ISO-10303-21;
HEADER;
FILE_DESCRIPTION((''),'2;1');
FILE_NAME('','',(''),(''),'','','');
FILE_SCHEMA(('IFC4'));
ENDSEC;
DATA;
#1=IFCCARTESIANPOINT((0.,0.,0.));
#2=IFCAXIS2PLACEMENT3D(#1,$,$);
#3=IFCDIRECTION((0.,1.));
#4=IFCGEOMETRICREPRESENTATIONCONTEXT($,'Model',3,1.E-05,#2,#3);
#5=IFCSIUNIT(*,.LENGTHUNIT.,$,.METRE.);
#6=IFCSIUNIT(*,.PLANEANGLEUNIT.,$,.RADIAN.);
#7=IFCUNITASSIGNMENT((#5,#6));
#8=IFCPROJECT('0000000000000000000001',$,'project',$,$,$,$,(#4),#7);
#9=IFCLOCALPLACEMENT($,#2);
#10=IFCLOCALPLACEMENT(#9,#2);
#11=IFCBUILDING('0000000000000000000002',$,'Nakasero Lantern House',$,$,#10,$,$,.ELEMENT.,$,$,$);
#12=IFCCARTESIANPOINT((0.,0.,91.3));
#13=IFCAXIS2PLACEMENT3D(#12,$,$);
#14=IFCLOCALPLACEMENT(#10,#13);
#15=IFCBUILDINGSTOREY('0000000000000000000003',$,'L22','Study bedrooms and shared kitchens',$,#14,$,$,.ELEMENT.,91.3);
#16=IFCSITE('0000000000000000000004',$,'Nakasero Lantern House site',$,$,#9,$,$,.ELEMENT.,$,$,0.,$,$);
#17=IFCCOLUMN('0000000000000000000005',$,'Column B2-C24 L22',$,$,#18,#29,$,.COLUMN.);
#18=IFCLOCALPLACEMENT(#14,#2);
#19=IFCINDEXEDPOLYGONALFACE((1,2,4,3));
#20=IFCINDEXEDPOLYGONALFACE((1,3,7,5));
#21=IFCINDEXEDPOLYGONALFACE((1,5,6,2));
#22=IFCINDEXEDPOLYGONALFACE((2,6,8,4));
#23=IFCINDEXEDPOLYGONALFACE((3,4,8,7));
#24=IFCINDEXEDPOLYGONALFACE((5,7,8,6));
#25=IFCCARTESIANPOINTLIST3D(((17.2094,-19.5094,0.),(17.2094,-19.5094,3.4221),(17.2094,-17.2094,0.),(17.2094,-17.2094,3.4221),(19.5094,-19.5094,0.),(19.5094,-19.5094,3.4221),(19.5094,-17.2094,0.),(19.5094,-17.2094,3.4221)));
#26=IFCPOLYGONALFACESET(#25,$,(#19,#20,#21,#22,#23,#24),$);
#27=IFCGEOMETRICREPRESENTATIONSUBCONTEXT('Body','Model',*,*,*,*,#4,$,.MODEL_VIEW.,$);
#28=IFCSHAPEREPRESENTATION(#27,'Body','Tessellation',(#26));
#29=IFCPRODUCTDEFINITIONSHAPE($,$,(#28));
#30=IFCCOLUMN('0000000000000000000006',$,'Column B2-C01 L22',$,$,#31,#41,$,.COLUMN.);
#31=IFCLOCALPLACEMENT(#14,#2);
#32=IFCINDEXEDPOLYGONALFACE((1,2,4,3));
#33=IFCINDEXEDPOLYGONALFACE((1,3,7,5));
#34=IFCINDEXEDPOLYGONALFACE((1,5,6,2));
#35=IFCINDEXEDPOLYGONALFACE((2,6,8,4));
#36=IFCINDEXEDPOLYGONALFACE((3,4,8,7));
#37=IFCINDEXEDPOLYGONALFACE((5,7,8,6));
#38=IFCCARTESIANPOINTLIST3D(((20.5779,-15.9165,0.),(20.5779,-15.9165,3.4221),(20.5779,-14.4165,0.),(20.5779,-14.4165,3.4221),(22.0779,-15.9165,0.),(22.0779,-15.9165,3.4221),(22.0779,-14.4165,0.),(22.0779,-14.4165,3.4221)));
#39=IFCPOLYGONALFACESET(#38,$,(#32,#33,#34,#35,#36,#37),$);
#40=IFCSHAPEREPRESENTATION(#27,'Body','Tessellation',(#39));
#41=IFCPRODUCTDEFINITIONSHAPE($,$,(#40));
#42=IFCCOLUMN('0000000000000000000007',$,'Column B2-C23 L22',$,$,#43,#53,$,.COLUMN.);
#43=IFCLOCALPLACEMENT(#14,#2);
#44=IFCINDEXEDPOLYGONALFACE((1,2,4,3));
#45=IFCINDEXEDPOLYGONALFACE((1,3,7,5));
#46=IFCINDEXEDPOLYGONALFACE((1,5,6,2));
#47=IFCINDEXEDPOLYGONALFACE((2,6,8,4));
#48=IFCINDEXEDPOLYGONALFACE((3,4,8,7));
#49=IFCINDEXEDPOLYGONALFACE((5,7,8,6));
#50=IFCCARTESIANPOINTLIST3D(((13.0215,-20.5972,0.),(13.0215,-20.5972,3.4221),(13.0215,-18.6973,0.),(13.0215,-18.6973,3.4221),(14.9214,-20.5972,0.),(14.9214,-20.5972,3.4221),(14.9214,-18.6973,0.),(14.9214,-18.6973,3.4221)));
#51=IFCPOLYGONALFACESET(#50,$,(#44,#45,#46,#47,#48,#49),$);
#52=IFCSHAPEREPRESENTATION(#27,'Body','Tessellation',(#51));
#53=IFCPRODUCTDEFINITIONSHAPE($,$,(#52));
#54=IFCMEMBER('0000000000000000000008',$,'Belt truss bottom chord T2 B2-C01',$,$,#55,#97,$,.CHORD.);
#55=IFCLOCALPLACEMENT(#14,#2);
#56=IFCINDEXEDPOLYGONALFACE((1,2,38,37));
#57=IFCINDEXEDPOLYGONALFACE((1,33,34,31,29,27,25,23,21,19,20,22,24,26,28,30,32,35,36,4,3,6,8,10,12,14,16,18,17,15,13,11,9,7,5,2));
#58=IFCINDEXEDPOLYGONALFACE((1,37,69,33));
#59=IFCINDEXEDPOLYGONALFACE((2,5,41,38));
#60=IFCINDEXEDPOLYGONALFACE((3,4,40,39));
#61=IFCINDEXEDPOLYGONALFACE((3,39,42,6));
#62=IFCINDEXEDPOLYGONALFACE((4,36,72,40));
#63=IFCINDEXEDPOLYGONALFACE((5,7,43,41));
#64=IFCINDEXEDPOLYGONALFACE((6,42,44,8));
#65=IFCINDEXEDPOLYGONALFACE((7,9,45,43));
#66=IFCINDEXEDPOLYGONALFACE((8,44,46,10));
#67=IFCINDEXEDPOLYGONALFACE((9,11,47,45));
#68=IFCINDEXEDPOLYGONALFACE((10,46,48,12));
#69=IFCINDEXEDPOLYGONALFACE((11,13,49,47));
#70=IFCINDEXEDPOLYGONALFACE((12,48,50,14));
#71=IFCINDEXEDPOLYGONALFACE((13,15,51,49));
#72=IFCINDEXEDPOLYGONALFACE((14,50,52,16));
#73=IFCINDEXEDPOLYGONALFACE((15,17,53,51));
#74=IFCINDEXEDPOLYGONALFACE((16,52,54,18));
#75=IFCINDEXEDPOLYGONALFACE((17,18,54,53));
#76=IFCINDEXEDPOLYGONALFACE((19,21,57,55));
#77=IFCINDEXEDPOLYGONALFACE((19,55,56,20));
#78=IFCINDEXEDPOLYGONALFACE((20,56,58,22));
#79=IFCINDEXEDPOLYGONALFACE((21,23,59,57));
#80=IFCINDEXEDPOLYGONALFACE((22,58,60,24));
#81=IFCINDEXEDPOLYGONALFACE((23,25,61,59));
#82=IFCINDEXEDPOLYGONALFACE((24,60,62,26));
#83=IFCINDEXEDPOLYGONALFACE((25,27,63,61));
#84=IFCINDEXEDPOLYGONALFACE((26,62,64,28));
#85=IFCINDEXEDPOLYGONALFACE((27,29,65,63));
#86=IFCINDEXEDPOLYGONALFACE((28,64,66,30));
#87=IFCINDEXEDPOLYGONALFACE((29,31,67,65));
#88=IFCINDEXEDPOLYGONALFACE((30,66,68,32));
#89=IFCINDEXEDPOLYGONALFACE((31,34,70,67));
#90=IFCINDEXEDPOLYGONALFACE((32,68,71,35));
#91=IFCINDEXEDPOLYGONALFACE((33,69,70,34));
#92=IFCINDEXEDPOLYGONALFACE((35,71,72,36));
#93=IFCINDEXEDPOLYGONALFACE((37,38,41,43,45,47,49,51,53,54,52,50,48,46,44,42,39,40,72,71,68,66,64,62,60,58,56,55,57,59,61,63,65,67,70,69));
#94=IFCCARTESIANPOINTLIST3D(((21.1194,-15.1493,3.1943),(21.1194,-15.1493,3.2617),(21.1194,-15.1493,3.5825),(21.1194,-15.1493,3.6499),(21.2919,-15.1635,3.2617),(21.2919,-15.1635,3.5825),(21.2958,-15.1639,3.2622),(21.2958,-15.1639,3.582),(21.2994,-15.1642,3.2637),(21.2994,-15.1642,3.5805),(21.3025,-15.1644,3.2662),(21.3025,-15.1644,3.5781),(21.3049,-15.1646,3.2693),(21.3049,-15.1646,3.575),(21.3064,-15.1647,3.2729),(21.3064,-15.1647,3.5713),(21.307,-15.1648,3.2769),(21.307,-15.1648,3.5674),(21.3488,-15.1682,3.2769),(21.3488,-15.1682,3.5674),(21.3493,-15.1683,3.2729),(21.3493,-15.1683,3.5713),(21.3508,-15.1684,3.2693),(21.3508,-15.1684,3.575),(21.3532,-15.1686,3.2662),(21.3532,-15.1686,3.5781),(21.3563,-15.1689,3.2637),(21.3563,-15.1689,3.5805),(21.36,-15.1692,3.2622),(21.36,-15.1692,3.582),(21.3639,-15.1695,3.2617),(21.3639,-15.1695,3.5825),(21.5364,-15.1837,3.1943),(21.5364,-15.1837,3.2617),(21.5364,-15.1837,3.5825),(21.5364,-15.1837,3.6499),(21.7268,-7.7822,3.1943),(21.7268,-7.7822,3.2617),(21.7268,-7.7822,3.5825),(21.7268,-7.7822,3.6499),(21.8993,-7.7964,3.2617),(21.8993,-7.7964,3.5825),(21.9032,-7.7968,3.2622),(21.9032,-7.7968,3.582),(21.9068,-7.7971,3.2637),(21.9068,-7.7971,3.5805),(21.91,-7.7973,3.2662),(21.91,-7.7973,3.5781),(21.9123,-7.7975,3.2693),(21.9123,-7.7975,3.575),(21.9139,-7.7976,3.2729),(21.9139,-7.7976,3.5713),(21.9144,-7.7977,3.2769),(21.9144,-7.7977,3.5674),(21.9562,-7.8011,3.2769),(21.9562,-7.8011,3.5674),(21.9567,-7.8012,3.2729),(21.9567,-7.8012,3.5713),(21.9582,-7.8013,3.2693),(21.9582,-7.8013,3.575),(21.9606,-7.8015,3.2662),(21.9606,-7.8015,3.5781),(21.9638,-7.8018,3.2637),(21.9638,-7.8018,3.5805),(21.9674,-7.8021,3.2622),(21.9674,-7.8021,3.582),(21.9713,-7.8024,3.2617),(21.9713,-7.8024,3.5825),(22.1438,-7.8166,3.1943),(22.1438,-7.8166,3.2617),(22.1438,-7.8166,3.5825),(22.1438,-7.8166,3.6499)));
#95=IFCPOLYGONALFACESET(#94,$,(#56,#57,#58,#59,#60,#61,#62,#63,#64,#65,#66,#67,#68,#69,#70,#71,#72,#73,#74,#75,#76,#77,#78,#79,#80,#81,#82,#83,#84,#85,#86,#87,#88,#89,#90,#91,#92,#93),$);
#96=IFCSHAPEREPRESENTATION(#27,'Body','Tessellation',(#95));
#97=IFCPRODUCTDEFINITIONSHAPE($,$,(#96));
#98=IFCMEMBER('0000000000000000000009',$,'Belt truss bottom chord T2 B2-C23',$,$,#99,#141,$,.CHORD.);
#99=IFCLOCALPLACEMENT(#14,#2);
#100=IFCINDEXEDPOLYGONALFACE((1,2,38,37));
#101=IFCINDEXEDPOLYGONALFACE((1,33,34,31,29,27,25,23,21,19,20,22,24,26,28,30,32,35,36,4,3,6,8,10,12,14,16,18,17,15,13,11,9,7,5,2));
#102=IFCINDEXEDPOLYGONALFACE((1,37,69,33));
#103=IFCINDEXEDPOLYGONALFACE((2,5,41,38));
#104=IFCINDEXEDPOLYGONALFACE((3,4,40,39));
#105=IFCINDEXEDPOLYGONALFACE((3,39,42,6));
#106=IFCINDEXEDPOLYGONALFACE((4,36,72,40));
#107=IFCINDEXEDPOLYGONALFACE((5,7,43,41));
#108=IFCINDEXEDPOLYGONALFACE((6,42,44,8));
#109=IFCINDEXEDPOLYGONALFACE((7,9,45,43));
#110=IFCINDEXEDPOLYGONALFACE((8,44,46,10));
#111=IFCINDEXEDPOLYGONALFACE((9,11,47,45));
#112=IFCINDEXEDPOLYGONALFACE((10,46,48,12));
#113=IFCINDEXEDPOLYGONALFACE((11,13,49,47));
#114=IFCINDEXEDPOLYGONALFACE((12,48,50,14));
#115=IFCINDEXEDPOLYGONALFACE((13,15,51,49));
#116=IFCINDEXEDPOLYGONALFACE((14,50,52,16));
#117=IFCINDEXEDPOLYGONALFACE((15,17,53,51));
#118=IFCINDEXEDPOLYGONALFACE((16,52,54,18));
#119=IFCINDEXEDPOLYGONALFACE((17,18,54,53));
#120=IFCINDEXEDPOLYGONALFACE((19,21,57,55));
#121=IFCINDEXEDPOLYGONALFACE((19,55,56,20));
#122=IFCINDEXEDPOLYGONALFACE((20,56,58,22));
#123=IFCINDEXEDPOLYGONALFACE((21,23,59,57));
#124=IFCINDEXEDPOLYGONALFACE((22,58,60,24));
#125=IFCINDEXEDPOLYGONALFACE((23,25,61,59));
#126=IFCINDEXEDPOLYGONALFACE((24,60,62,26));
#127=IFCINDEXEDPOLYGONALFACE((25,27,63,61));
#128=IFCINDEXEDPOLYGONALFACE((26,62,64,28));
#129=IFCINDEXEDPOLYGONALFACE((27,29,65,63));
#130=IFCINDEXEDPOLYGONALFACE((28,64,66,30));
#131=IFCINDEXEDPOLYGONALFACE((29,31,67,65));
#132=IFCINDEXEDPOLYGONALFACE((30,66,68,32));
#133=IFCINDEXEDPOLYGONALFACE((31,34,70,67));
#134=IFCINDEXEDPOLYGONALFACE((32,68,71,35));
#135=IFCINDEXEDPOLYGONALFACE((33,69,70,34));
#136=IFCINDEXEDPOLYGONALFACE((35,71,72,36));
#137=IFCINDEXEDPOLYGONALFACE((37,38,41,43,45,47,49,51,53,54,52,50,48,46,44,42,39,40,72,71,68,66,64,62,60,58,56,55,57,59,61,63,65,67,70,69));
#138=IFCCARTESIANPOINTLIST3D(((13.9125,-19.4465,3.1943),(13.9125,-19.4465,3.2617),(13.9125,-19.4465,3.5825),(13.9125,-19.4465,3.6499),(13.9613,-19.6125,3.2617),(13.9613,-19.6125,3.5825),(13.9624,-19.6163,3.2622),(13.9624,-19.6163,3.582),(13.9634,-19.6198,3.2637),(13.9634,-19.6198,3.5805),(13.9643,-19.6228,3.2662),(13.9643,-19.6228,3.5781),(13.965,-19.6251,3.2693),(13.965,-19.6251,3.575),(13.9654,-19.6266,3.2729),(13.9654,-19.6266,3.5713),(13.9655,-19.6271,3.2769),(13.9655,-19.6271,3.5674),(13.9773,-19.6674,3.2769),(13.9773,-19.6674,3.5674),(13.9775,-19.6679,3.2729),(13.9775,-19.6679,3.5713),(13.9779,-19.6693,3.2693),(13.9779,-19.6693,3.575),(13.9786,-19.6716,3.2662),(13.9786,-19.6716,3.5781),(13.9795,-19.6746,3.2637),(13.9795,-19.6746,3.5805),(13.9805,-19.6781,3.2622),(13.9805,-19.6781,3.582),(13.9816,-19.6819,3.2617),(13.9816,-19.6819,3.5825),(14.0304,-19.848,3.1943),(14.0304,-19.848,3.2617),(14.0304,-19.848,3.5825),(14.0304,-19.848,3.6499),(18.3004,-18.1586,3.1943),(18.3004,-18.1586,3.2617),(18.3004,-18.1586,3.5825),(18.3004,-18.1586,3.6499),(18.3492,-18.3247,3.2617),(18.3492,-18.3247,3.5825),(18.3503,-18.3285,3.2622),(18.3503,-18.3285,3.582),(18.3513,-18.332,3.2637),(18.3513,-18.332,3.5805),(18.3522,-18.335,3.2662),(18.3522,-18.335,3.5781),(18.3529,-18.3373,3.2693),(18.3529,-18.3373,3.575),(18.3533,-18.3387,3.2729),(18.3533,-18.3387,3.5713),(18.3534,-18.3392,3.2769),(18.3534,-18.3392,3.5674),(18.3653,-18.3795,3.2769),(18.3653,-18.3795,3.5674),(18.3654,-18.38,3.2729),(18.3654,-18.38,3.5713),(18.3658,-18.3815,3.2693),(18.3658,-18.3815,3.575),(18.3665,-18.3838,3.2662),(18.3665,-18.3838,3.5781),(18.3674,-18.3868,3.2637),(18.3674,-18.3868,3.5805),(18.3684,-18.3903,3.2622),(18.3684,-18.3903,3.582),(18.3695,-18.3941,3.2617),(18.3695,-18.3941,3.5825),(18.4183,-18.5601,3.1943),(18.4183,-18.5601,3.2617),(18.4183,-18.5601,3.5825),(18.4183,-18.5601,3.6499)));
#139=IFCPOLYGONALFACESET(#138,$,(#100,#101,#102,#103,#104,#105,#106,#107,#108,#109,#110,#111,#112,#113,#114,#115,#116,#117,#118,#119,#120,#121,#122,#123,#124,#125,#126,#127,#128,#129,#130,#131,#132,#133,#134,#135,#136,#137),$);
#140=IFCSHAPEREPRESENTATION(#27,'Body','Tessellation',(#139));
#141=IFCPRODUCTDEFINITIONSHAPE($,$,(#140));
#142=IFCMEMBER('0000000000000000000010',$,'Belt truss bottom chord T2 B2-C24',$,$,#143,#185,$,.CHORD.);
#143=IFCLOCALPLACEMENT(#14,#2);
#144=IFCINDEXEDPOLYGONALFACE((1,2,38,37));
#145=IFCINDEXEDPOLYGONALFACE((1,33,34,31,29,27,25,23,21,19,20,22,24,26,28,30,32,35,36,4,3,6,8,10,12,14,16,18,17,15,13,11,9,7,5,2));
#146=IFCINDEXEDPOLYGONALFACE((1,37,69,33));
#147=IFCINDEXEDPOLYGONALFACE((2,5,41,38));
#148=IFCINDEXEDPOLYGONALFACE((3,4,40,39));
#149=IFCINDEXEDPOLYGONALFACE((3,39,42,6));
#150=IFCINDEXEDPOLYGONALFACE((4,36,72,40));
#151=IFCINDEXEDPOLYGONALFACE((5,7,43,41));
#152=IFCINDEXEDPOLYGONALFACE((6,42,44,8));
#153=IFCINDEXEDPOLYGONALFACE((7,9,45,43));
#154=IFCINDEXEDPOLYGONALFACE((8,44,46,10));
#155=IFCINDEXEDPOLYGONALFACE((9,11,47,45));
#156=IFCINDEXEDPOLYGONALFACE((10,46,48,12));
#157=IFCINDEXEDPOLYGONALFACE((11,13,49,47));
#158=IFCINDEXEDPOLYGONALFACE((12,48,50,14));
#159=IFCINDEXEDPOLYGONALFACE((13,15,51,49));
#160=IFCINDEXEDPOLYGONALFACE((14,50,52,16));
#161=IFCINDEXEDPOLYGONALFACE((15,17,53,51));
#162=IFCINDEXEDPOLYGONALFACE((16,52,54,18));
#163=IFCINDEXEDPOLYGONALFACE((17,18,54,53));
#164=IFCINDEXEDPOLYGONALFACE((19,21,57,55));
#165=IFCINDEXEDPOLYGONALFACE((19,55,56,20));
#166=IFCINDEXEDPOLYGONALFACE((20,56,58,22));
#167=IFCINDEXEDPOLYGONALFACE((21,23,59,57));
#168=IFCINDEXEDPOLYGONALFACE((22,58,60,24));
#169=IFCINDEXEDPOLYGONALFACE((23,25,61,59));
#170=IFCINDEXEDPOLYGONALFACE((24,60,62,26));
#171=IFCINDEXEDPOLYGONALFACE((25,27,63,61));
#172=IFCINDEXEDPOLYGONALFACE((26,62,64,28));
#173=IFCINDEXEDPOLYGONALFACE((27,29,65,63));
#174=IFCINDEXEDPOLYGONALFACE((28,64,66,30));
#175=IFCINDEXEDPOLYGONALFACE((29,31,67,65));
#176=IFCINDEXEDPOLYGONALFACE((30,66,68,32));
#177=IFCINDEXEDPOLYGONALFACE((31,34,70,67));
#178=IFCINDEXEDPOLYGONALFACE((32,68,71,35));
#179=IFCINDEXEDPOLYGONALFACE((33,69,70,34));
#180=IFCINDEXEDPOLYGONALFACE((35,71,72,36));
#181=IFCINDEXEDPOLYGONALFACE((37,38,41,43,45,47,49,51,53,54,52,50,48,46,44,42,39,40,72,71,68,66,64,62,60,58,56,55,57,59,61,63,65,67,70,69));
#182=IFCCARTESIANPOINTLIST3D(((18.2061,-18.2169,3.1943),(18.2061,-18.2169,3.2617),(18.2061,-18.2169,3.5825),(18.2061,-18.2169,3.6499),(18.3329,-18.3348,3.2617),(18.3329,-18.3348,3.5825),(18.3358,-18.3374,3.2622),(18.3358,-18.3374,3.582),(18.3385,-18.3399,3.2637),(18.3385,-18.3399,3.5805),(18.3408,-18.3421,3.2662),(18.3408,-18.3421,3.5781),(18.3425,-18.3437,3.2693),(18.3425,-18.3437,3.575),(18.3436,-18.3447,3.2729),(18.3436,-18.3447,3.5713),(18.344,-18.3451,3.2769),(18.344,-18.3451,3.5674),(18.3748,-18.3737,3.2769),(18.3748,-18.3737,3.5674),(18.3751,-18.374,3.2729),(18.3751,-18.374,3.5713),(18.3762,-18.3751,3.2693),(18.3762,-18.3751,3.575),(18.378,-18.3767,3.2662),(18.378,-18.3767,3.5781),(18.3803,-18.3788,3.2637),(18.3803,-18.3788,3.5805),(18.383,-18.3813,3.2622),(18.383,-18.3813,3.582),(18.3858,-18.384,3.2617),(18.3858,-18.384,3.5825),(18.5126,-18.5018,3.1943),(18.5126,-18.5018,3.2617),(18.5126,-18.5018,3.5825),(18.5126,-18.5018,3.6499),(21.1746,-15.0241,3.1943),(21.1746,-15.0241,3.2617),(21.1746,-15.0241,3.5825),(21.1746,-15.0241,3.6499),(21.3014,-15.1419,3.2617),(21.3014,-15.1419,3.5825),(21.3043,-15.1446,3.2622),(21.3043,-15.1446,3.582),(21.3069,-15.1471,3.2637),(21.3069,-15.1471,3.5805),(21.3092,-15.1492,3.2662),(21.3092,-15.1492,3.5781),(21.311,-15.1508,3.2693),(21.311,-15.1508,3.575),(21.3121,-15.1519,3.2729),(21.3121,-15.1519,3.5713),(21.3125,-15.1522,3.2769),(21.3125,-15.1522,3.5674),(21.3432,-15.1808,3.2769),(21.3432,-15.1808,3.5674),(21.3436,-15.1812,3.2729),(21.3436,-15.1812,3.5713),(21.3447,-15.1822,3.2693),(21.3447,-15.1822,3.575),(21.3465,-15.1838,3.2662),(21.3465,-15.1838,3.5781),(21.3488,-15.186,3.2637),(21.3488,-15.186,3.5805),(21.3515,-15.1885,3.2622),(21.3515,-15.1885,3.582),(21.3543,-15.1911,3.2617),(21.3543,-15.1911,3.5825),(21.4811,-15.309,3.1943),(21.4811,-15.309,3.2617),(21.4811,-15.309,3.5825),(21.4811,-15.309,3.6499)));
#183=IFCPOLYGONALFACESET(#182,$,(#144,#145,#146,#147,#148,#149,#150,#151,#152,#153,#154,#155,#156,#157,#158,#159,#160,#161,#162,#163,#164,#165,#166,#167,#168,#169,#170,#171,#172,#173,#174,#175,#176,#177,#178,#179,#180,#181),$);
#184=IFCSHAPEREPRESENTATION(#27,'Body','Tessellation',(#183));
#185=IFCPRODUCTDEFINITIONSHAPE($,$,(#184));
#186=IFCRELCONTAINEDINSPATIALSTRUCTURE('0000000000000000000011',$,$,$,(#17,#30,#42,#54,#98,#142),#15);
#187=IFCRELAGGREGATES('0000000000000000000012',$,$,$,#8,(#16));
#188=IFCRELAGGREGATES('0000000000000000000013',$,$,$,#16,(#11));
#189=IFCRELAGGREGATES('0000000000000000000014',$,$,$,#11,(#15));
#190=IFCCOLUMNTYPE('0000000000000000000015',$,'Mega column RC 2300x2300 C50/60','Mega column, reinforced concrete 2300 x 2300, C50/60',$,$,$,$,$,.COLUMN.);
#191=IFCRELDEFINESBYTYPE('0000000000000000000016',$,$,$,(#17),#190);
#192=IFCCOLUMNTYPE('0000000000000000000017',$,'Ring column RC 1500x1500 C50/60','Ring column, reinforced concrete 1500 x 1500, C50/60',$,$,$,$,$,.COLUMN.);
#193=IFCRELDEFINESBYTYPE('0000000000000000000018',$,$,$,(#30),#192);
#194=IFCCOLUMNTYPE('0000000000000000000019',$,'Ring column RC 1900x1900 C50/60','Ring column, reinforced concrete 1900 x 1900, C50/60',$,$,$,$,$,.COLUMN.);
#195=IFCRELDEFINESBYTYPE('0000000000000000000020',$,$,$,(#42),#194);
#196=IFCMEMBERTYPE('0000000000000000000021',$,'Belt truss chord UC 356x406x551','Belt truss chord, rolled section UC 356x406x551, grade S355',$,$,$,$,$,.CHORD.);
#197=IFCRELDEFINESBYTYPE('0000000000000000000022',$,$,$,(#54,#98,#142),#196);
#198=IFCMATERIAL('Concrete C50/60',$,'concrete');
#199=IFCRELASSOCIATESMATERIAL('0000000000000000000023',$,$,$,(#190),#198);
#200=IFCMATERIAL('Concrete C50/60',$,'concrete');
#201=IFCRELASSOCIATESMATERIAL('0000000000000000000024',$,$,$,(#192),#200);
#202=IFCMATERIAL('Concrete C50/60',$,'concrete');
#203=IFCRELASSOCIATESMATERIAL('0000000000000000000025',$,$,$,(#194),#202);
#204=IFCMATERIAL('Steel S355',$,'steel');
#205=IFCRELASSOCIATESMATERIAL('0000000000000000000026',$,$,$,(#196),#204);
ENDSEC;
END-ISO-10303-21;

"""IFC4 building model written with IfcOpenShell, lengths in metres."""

from ifc_helpers import new_model, si_unit, direction, frame, origin, origin_2d, place, context, subcontext, project, spatial, rectangle, i_section, extrude, material, material_profile, profile_set, type_object, element, save


model = new_model("IFC4")

# Units and contexts
model_context = context("Model", 3, precision=1e-05, world=origin(), true_north=direction((0.0, 1.0)))
body_context = subcontext(model_context, "Body", "Model", "MODEL_VIEW")
ifc_project = project(units=[si_unit("LENGTHUNIT", "METRE"), si_unit("PLANEANGLEUNIT", "RADIAN")], contexts=[model_context])

# Site, building, storey
site_placement = place(None, origin())
site = spatial("IfcSite", under=ifc_project, at=site_placement, Name="Nakasero Lantern House site", CompositionType="ELEMENT", RefElevation=0.0)
building_placement = place(site_placement, origin())
building = spatial("IfcBuilding", under=site, at=building_placement, Name="Nakasero Lantern House", CompositionType="ELEMENT")
storey_placement = place(building_placement, frame((0.0, 0.0, 91.3)))
storey = spatial("IfcBuildingStorey", under=building, at=storey_placement, Name="L22", Description="Study bedrooms and shared kitchens", CompositionType="ELEMENT", Elevation=91.3)

# Columns
ifc_material_1 = material(Name="Concrete C50/60", Category="concrete")
ifc_material_profile_1 = material_profile(ifc_material_1, rectangle(XDim=2.3, YDim=2.3, at=origin_2d()), Name="RC 2300x2300")
ifc_profile_set_1 = profile_set([ifc_material_profile_1], Name="Concrete C50/60")
column_type_1 = type_object("IfcColumnType", Name="Mega column RC 2300x2300 C50/60", Description="Mega column, reinforced concrete 2300 x 2300, C50/60", PredefinedType="COLUMN", material=ifc_profile_set_1)
column_1_placement = place(storey_placement, frame((18.3594, -18.3594, 0.0), z_axis=(0.0, 0.0, 1.0), x_axis=(1.0, 0.0, 0.0)))
element("IfcColumn", 1, at=column_1_placement, inside=storey, type_object=column_type_1, Name="Column B2-C24 L22", PredefinedType="COLUMN", context=body_context, shape_type="SweptSolid", body=[
    extrude(rectangle(XDim=2.3, YDim=2.3, at=origin_2d()), origin(), (0.0, 0.0, 1.0), 3.4221),
])
ifc_material_2 = material(Name="Concrete C50/60", Category="concrete")
ifc_material_profile_2 = material_profile(ifc_material_2, rectangle(XDim=1.5, YDim=1.5, at=origin_2d()), Name="RC 1500x1500")
ifc_profile_set_2 = profile_set([ifc_material_profile_2], Name="Concrete C50/60")
column_type_2 = type_object("IfcColumnType", Name="Ring column RC 1500x1500 C50/60", Description="Ring column, reinforced concrete 1500 x 1500, C50/60", PredefinedType="COLUMN", material=ifc_profile_set_2)
column_2_placement = place(storey_placement, frame((21.3279, -15.1665, 0.0), z_axis=(0.0, 0.0, 1.0), x_axis=(1.0, 0.0, 0.0)))
element("IfcColumn", 2, at=column_2_placement, inside=storey, type_object=column_type_2, Name="Column B2-C01 L22", PredefinedType="COLUMN", context=body_context, shape_type="SweptSolid", body=[
    extrude(rectangle(XDim=1.5, YDim=1.5, at=origin_2d()), origin(), (0.0, 0.0, 1.0), 3.4221),
])
ifc_material_3 = material(Name="Concrete C50/60", Category="concrete")
ifc_material_profile_3 = material_profile(ifc_material_3, rectangle(XDim=1.8999, YDim=1.8999, at=origin_2d()), Name="RC 1900x1900")
ifc_profile_set_3 = profile_set([ifc_material_profile_3], Name="Concrete C50/60")
column_type_3 = type_object("IfcColumnType", Name="Ring column RC 1900x1900 C50/60", Description="Ring column, reinforced concrete 1900 x 1900, C50/60", PredefinedType="COLUMN", material=ifc_profile_set_3)
column_3_placement = place(storey_placement, frame((13.9714, -19.6472, 0.0), z_axis=(0.0, 0.0, 1.0), x_axis=(1.0, 0.0, 0.0)))
element("IfcColumn", 3, at=column_3_placement, inside=storey, type_object=column_type_3, Name="Column B2-C23 L22", PredefinedType="COLUMN", context=body_context, shape_type="SweptSolid", body=[
    extrude(rectangle(XDim=1.8999, YDim=1.8999, at=origin_2d()), origin(), (0.0, 0.0, 1.0), 3.4221),
])

# Members
ifc_material_4 = material(Name="Steel S355", Category="steel")
ifc_material_profile_4 = material_profile(ifc_material_4, i_section(OverallWidth=0.4185, OverallDepth=0.4556, WebThickness=0.042, FlangeThickness=0.0674, FilletRadius=0.0151, at=origin_2d()), Name="UC 356x406x551")
ifc_profile_set_4 = profile_set([ifc_material_profile_4], Name="Steel S355")
member_type = type_object("IfcMemberType", Name="Belt truss chord UC 356x406x551", Description="Belt truss chord, rolled section UC 356x406x551, grade S355", PredefinedType="CHORD", material=ifc_profile_set_4)
member_1_placement = place(storey_placement, frame((21.3279, -15.1665, 3.4221), z_axis=(0.082171, 0.996618, 0.0), x_axis=(-0.996618, 0.082171, 0.0)))
element("IfcMember", 4, at=member_1_placement, inside=storey, type_object=member_type, Name="Belt truss bottom chord T2 B2-C01", PredefinedType="CHORD", context=body_context, shape_type="SweptSolid", body=[
    extrude(i_section(OverallWidth=0.4185, OverallDepth=0.4556, WebThickness=0.042, FlangeThickness=0.0674, FilletRadius=0.0151, at=origin_2d()), origin(), (0.0, 0.0, 1.0), 7.3921),
])
member_2_placement = place(storey_placement, frame((13.9714, -19.6472, 3.4221), z_axis=(0.959527, 0.281617, 0.0), x_axis=(-0.281617, 0.959527, 0.0)))
element("IfcMember", 5, at=member_2_placement, inside=storey, type_object=member_type, Name="Belt truss bottom chord T2 B2-C23", PredefinedType="CHORD", context=body_context, shape_type="SweptSolid", body=[
    extrude(i_section(OverallWidth=0.4185, OverallDepth=0.4556, WebThickness=0.042, FlangeThickness=0.0674, FilletRadius=0.0151, at=origin_2d()), origin(), (0.0, 0.0, 1.0), 4.573),
])
member_3_placement = place(storey_placement, frame((18.3594, -18.3594, 3.4221), z_axis=(0.680906, 0.732371, 0.0), x_axis=(-0.732371, 0.680906, 0.0)))
element("IfcMember", 6, at=member_3_placement, inside=storey, type_object=member_type, Name="Belt truss bottom chord T2 B2-C24", PredefinedType="CHORD", context=body_context, shape_type="SweptSolid", body=[
    extrude(i_section(OverallWidth=0.4185, OverallDepth=0.4556, WebThickness=0.042, FlangeThickness=0.0674, FilletRadius=0.0151, at=origin_2d()), origin(), (0.0, 0.0, 1.0), 4.3596),
])

save(model, "model.ifc")
